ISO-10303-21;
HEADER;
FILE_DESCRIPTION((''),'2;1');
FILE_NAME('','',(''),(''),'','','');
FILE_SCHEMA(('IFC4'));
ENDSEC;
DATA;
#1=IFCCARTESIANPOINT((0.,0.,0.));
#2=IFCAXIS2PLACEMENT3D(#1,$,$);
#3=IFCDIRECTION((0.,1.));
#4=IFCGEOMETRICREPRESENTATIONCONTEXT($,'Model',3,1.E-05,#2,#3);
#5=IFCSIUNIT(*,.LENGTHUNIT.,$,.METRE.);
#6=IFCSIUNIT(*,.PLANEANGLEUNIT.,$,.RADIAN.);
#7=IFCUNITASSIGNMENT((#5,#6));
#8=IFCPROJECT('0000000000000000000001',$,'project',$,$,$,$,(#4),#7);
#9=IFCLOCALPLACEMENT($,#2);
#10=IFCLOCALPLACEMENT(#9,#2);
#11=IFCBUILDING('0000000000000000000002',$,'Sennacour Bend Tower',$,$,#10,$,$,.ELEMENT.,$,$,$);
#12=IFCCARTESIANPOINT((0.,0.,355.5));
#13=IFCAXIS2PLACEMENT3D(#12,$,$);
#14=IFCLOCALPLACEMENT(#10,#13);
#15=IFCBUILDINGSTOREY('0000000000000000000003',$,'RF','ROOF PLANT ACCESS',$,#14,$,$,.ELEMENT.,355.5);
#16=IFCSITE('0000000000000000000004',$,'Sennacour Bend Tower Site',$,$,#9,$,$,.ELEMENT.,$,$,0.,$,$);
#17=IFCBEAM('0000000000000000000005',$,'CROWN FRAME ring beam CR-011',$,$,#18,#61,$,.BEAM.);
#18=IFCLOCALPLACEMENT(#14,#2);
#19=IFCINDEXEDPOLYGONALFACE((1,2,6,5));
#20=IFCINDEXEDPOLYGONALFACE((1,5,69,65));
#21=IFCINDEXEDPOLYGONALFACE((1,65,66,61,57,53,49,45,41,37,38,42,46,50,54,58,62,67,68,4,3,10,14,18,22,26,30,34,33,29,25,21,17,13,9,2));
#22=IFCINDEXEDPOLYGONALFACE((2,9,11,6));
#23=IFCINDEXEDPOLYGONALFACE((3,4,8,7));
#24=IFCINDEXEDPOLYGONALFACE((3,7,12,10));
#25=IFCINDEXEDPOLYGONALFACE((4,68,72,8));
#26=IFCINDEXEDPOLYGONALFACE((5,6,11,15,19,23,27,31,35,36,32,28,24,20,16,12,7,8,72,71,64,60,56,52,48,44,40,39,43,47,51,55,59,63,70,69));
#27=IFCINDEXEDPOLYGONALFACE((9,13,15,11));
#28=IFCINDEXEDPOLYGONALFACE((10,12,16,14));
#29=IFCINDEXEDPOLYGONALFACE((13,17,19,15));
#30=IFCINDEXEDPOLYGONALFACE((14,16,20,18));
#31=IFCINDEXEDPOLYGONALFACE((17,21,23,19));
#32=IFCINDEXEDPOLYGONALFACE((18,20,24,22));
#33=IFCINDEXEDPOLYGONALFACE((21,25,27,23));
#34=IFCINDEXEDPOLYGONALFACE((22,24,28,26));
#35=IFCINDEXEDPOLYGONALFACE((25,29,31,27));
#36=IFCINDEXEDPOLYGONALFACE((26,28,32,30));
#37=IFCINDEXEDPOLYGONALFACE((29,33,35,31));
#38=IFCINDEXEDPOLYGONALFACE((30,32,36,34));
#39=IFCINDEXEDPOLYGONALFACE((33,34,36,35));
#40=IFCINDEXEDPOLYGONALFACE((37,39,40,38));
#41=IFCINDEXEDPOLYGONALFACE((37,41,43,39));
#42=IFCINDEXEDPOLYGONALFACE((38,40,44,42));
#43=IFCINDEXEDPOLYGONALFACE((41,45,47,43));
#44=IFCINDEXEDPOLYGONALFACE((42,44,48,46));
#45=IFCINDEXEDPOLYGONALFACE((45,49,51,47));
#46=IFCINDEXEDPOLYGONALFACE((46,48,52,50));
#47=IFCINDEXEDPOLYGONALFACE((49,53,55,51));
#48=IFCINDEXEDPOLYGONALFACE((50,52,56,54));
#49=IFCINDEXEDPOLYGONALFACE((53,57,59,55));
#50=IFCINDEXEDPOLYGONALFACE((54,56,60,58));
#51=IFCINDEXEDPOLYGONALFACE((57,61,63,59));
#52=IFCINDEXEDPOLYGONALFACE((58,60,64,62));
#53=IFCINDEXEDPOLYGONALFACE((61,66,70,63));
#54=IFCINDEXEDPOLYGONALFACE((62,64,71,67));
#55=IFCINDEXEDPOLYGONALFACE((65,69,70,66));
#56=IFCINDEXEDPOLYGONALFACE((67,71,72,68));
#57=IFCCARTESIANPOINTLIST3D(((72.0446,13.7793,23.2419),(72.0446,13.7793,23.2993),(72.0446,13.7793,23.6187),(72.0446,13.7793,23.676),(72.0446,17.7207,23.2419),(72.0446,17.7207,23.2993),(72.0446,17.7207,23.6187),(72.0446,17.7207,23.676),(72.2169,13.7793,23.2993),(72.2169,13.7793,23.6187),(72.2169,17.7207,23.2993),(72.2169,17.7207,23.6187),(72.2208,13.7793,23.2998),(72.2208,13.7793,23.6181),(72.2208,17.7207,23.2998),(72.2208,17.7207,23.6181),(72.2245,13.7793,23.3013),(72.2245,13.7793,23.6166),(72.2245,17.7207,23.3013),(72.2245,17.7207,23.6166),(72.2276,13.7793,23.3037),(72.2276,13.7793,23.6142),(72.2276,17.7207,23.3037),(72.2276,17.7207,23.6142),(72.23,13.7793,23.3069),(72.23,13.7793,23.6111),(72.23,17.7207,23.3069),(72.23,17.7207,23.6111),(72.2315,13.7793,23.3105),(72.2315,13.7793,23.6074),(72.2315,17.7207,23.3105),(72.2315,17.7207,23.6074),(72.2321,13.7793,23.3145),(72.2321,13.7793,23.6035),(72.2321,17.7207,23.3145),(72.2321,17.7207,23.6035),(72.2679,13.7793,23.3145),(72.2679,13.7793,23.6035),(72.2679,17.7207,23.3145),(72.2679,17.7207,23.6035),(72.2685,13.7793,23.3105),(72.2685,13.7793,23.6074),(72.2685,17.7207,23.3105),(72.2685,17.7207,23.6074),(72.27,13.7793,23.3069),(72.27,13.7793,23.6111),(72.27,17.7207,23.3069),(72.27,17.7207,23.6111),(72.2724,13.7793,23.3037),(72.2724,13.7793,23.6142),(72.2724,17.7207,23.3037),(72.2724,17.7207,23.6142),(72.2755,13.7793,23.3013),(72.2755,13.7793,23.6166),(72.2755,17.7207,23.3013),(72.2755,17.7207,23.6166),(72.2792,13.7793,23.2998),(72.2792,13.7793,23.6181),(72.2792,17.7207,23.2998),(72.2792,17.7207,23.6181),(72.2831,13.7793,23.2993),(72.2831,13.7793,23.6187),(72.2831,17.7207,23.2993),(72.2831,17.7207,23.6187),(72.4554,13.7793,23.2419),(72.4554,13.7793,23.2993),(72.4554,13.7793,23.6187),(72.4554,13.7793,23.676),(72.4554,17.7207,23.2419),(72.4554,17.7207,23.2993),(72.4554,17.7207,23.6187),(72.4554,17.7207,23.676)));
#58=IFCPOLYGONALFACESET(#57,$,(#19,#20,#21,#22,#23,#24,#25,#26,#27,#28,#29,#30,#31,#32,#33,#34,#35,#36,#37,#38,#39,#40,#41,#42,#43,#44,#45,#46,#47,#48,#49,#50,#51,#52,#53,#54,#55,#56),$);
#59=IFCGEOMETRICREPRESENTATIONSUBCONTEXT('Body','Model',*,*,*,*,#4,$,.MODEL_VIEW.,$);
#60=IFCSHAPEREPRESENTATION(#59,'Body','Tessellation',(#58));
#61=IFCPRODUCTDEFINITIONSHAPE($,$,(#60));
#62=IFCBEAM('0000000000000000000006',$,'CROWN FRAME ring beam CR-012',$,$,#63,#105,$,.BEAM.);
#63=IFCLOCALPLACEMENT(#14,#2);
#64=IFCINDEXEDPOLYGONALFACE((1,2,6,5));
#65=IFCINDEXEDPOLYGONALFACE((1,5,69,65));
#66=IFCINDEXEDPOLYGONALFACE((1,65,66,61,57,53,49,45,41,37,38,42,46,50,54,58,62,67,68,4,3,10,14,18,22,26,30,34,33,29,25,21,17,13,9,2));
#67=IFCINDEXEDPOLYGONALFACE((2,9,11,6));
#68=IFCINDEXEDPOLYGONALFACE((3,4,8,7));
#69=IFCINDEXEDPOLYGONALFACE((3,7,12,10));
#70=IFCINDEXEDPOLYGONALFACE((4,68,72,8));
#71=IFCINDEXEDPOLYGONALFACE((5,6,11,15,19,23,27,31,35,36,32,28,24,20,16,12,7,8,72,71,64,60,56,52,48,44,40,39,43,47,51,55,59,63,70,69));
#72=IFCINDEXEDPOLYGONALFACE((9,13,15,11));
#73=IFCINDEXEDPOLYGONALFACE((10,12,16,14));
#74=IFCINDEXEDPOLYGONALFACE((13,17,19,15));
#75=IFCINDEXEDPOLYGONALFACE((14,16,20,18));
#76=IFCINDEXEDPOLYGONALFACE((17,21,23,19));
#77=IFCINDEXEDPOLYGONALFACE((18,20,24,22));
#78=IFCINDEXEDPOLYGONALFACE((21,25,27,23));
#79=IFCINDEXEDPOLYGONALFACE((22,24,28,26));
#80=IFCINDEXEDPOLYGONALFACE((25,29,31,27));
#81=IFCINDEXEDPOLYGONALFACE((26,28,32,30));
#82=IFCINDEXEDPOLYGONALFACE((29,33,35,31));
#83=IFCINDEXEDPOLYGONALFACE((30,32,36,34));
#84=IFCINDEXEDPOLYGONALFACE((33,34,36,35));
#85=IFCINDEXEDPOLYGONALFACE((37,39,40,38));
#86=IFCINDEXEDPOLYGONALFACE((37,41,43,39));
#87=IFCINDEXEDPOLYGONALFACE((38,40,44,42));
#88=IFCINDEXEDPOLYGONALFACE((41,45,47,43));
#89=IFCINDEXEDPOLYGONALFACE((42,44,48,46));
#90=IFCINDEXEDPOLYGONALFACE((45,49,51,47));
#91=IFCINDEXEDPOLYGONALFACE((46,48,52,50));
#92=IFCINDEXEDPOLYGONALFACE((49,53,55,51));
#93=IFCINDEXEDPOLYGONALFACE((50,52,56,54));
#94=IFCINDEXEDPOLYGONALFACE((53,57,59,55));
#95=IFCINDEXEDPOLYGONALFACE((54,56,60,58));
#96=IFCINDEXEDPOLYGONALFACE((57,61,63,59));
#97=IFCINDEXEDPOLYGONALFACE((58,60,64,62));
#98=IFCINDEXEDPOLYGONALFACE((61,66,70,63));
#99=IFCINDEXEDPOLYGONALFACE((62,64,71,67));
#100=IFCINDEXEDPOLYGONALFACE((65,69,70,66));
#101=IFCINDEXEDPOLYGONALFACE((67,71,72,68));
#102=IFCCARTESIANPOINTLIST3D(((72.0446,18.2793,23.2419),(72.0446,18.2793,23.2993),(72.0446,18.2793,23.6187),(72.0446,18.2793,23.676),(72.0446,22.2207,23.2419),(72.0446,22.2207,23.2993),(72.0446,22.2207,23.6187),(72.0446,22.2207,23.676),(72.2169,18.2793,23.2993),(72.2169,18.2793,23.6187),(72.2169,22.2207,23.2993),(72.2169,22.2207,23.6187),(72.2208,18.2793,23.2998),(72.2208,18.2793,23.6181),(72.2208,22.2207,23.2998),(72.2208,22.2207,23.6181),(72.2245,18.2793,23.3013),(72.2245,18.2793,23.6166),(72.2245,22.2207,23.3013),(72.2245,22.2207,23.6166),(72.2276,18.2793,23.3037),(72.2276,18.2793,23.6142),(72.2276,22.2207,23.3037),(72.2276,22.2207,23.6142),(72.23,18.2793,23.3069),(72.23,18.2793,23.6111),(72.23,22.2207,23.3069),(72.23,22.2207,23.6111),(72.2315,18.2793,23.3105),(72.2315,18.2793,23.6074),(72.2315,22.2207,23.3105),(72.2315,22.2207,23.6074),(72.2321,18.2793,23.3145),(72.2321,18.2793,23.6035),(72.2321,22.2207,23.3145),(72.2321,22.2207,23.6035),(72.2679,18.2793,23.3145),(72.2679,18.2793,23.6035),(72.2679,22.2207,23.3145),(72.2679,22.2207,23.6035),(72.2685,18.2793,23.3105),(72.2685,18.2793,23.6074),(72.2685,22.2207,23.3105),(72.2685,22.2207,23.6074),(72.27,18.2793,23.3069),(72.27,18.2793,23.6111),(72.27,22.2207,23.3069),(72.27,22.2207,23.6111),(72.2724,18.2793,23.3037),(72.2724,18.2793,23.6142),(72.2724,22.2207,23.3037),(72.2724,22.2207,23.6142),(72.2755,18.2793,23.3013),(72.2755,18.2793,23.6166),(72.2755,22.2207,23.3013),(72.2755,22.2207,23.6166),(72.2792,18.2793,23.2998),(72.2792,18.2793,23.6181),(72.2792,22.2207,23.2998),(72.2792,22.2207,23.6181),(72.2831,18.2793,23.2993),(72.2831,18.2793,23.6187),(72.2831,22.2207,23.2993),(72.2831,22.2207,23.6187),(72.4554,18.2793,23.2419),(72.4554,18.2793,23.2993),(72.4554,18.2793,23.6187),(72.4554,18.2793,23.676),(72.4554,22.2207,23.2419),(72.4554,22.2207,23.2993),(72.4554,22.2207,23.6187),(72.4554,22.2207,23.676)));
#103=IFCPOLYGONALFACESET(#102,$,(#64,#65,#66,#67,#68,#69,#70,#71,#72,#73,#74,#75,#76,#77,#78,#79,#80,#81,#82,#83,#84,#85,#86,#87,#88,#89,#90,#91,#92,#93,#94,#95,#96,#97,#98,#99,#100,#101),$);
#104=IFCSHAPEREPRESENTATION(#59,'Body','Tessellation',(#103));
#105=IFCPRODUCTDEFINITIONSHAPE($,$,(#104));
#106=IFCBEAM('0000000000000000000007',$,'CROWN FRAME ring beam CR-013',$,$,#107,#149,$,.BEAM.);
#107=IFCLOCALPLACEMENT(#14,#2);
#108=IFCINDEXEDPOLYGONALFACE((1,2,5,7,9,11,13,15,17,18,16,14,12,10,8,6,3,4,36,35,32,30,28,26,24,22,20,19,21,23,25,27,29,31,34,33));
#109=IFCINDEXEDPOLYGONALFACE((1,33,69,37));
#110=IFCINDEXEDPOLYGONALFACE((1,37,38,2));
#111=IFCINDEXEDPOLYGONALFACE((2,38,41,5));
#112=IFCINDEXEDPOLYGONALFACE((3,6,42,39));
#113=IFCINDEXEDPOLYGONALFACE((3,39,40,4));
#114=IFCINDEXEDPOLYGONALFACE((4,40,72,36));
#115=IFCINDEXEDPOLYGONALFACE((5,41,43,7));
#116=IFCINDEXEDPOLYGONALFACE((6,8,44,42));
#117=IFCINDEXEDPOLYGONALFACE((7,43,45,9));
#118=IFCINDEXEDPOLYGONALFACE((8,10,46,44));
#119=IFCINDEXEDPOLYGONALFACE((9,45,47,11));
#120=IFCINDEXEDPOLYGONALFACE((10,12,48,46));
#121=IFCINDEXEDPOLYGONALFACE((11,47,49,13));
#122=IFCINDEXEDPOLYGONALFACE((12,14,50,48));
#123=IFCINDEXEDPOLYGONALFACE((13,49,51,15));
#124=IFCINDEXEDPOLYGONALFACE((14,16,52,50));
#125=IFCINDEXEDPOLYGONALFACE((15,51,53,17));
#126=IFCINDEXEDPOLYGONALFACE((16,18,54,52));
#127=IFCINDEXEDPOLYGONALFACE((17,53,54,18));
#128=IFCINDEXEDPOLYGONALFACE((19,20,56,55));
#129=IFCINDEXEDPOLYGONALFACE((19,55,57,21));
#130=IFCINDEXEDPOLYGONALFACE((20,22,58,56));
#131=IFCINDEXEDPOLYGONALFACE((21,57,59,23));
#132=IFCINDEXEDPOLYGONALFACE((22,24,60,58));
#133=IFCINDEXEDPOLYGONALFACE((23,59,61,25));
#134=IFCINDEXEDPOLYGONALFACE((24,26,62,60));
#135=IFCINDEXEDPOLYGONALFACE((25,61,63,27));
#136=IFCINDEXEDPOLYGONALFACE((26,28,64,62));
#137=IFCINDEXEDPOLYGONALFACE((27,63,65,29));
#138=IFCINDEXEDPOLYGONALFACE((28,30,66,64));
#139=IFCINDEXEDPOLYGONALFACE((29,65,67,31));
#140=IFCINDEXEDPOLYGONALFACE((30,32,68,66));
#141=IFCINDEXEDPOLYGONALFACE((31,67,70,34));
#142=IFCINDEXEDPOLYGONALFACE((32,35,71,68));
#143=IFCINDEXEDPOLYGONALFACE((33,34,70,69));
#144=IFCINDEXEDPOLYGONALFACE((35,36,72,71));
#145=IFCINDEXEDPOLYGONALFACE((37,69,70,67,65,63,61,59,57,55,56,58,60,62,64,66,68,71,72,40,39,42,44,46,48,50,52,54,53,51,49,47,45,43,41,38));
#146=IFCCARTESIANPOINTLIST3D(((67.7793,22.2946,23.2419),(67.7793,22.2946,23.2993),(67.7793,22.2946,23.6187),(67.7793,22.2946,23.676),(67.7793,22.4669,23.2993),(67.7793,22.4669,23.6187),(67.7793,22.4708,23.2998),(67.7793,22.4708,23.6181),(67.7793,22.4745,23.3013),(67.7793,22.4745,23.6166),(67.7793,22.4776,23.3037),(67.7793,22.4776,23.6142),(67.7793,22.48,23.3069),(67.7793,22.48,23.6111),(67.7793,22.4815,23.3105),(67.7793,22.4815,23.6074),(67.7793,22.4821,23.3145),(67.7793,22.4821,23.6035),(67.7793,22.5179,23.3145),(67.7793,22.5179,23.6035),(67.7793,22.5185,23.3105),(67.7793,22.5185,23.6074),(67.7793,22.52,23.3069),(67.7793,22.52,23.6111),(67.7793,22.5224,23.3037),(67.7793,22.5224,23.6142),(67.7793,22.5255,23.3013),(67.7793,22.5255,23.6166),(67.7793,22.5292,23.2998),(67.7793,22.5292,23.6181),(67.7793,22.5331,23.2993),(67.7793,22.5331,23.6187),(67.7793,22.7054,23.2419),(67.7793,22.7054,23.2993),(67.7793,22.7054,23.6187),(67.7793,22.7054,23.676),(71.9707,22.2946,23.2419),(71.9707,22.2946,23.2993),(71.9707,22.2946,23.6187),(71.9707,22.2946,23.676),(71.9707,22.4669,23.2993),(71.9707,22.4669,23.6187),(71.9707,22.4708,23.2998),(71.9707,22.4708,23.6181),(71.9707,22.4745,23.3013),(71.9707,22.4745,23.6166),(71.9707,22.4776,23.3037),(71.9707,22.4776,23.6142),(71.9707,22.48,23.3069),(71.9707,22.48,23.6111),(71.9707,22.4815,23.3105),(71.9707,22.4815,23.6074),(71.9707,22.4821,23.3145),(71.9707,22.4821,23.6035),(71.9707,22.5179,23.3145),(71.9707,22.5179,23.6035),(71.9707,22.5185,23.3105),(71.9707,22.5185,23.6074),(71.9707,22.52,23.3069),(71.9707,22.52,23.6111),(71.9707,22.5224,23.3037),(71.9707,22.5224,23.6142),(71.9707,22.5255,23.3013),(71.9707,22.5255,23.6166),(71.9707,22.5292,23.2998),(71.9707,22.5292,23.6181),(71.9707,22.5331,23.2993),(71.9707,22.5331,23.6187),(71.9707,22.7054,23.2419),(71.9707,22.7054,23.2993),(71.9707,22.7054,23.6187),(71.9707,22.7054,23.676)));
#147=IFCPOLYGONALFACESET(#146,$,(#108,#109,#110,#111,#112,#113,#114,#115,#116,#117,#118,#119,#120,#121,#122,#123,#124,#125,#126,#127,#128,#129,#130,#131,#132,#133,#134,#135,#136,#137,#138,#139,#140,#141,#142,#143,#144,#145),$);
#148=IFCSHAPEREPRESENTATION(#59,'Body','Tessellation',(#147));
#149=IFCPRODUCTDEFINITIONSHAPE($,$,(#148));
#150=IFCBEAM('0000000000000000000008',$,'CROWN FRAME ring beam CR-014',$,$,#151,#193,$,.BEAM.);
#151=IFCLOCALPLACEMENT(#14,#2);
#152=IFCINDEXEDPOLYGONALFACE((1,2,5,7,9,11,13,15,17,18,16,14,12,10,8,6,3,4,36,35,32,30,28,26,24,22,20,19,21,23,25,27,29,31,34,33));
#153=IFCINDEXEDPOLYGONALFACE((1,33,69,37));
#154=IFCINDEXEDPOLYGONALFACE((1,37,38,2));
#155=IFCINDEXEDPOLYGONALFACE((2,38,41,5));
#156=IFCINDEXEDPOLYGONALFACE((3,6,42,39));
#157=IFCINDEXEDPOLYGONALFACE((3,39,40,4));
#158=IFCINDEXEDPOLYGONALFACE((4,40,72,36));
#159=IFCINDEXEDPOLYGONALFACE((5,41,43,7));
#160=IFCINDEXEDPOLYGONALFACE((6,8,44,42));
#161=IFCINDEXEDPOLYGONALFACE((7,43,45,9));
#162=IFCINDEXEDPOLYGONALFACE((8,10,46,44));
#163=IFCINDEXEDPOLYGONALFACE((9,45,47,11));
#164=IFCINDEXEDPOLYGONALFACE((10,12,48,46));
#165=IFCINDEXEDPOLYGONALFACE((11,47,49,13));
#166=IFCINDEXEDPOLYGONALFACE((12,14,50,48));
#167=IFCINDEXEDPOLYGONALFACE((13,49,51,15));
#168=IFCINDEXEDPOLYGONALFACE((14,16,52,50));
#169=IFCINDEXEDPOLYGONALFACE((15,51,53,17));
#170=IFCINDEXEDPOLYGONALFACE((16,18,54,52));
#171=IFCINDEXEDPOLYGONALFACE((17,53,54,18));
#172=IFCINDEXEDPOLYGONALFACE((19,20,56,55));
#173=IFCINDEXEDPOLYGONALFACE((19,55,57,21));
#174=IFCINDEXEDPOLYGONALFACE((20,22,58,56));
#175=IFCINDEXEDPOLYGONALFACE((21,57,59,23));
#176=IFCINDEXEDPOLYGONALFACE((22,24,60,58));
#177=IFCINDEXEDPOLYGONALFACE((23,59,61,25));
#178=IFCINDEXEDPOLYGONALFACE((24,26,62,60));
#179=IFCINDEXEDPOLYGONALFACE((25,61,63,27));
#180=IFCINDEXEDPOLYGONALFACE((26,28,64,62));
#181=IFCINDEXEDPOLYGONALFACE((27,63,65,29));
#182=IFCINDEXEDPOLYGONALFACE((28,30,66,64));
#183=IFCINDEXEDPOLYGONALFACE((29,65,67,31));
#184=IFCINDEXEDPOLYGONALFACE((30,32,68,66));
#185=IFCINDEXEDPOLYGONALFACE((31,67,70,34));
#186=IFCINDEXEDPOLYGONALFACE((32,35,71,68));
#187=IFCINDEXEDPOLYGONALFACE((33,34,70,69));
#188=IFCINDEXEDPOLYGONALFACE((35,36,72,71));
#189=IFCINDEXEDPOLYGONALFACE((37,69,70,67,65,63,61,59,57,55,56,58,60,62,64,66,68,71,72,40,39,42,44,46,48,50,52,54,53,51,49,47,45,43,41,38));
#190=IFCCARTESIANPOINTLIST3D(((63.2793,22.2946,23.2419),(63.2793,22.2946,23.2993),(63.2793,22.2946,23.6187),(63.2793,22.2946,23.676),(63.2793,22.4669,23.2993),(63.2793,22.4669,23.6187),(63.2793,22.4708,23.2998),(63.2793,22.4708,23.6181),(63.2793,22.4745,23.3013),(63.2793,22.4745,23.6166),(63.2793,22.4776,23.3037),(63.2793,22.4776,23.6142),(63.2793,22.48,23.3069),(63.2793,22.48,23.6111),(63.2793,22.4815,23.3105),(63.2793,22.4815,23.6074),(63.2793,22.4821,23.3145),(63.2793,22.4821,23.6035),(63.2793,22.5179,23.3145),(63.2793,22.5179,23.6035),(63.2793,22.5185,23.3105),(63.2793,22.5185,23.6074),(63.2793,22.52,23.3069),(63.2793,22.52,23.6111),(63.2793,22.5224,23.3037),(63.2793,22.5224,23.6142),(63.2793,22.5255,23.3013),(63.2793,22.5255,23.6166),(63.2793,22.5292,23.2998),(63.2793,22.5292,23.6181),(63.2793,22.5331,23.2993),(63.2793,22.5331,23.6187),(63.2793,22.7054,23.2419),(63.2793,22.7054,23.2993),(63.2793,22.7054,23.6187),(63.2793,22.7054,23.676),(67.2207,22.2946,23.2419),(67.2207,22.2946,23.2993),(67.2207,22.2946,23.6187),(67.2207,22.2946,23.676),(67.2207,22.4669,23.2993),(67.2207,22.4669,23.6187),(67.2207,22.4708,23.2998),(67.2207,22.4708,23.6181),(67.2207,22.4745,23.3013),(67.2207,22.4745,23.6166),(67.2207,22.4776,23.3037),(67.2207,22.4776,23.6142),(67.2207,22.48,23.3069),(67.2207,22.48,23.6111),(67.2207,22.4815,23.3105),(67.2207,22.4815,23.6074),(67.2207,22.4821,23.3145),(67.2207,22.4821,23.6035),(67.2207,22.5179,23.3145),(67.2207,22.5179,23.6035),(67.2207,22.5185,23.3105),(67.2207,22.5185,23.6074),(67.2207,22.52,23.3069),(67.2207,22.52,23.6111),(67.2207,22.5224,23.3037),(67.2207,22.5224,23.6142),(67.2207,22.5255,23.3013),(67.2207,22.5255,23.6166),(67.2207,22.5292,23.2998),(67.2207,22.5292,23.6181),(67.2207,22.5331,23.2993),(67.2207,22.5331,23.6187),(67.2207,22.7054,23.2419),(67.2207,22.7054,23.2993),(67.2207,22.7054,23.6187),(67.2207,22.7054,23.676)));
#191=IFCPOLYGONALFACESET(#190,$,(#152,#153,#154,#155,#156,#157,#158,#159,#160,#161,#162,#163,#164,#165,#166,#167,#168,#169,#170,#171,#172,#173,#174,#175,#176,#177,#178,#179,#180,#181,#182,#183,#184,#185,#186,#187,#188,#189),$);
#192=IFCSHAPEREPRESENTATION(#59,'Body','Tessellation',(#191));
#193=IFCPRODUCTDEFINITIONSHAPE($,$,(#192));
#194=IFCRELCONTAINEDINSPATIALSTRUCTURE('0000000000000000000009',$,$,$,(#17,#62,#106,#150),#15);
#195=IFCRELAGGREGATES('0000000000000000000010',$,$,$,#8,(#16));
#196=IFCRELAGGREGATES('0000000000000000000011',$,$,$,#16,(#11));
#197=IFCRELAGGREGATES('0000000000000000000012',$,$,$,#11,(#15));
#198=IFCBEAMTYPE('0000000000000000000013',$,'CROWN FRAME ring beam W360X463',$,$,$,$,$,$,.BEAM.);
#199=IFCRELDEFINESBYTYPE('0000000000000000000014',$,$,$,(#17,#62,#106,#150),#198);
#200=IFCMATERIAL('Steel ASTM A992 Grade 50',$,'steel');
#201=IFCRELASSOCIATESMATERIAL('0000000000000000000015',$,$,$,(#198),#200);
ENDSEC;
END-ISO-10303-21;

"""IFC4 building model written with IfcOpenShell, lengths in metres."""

from ifc_helpers import new_model, si_unit, direction, frame, origin, origin_2d, place, context, subcontext, project, spatial, i_section, extrude, material, material_profile, profile_set, type_object, element, save


model = new_model("IFC4")

# Units and contexts
model_context = context("Model", 3, precision=1e-05, world=origin(), true_north=direction((0.0, 1.0)))
body_context = subcontext(model_context, "Body", "Model", "MODEL_VIEW")
ifc_project = project(units=[si_unit("LENGTHUNIT", "METRE"), si_unit("PLANEANGLEUNIT", "RADIAN")], contexts=[model_context])

# Site, building, storey
site_placement = place(None, origin())
site = spatial("IfcSite", under=ifc_project, at=site_placement, Name="Sennacour Bend Tower Site", CompositionType="ELEMENT", RefElevation=0.0)
building_placement = place(site_placement, origin())
building = spatial("IfcBuilding", under=site, at=building_placement, Name="Sennacour Bend Tower", CompositionType="ELEMENT")
storey_placement = place(building_placement, frame((0.0, 0.0, 355.5)))
storey = spatial("IfcBuildingStorey", under=building, at=storey_placement, Name="RF", Description="ROOF PLANT ACCESS", CompositionType="ELEMENT", Elevation=355.5)

# Beams
ifc_material_1 = material(Name="Steel ASTM A992 Grade 50", Category="steel")
ifc_material_profile_1 = material_profile(ifc_material_1, i_section(OverallWidth=0.4109, OverallDepth=0.4341, WebThickness=0.0359, FlangeThickness=0.0574, FilletRadius=0.0151, at=origin_2d()), Name="Steel ASTM A992 Grade 50", Category="steel")
ifc_profile_set_1 = profile_set([ifc_material_profile_1], Name="Steel ASTM A992 Grade 50")
beam_type = type_object("IfcBeamType", Name="CROWN FRAME ring beam W360X463", PredefinedType="BEAM", material=ifc_profile_set_1)
for number, where, z_axis, x_axis, name in (
    (1, (72.25, 13.7793, 23.459), (0.0, 1.0, 0.0), (-1.0, 0.0, 0.0), "CROWN FRAME ring beam CR-011"),
    (2, (72.25, 18.2793, 23.459), (0.0, 1.0, 0.0), (-1.0, 0.0, 0.0), "CROWN FRAME ring beam CR-012"),
):
    element("IfcBeam", number, at=place(storey_placement, frame(where, z_axis=z_axis, x_axis=x_axis)), inside=storey, type_object=beam_type, Name=name, PredefinedType="BEAM", context=body_context, shape_type="SweptSolid", body=[
        extrude(i_section(OverallWidth=0.4109, OverallDepth=0.4341, WebThickness=0.0359, FlangeThickness=0.0574, FilletRadius=0.0151, at=origin_2d()), origin(), (0.0, 0.0, 1.0), 3.9414),
    ])
beam_1_placement = place(storey_placement, frame((71.9707, 22.5, 23.459), z_axis=(-1.0, 0.0, 0.0), x_axis=(0.0, -1.0, 0.0)))
element("IfcBeam", 3, at=beam_1_placement, inside=storey, type_object=beam_type, Name="CROWN FRAME ring beam CR-013", PredefinedType="BEAM", context=body_context, shape_type="SweptSolid", body=[
    extrude(i_section(OverallWidth=0.4109, OverallDepth=0.4341, WebThickness=0.0359, FlangeThickness=0.0574, FilletRadius=0.0151, at=origin_2d()), origin(), (0.0, 0.0, 1.0), 4.1914),
])
beam_2_placement = place(storey_placement, frame((67.2207, 22.5, 23.459), z_axis=(-1.0, 0.0, 0.0), x_axis=(0.0, -1.0, 0.0)))
element("IfcBeam", 4, at=beam_2_placement, inside=storey, type_object=beam_type, Name="CROWN FRAME ring beam CR-014", PredefinedType="BEAM", context=body_context, shape_type="SweptSolid", body=[
    extrude(i_section(OverallWidth=0.4109, OverallDepth=0.4341, WebThickness=0.0359, FlangeThickness=0.0574, FilletRadius=0.0151, at=origin_2d()), origin(), (0.0, 0.0, 1.0), 3.9414),
])

save(model, "model.ifc")
